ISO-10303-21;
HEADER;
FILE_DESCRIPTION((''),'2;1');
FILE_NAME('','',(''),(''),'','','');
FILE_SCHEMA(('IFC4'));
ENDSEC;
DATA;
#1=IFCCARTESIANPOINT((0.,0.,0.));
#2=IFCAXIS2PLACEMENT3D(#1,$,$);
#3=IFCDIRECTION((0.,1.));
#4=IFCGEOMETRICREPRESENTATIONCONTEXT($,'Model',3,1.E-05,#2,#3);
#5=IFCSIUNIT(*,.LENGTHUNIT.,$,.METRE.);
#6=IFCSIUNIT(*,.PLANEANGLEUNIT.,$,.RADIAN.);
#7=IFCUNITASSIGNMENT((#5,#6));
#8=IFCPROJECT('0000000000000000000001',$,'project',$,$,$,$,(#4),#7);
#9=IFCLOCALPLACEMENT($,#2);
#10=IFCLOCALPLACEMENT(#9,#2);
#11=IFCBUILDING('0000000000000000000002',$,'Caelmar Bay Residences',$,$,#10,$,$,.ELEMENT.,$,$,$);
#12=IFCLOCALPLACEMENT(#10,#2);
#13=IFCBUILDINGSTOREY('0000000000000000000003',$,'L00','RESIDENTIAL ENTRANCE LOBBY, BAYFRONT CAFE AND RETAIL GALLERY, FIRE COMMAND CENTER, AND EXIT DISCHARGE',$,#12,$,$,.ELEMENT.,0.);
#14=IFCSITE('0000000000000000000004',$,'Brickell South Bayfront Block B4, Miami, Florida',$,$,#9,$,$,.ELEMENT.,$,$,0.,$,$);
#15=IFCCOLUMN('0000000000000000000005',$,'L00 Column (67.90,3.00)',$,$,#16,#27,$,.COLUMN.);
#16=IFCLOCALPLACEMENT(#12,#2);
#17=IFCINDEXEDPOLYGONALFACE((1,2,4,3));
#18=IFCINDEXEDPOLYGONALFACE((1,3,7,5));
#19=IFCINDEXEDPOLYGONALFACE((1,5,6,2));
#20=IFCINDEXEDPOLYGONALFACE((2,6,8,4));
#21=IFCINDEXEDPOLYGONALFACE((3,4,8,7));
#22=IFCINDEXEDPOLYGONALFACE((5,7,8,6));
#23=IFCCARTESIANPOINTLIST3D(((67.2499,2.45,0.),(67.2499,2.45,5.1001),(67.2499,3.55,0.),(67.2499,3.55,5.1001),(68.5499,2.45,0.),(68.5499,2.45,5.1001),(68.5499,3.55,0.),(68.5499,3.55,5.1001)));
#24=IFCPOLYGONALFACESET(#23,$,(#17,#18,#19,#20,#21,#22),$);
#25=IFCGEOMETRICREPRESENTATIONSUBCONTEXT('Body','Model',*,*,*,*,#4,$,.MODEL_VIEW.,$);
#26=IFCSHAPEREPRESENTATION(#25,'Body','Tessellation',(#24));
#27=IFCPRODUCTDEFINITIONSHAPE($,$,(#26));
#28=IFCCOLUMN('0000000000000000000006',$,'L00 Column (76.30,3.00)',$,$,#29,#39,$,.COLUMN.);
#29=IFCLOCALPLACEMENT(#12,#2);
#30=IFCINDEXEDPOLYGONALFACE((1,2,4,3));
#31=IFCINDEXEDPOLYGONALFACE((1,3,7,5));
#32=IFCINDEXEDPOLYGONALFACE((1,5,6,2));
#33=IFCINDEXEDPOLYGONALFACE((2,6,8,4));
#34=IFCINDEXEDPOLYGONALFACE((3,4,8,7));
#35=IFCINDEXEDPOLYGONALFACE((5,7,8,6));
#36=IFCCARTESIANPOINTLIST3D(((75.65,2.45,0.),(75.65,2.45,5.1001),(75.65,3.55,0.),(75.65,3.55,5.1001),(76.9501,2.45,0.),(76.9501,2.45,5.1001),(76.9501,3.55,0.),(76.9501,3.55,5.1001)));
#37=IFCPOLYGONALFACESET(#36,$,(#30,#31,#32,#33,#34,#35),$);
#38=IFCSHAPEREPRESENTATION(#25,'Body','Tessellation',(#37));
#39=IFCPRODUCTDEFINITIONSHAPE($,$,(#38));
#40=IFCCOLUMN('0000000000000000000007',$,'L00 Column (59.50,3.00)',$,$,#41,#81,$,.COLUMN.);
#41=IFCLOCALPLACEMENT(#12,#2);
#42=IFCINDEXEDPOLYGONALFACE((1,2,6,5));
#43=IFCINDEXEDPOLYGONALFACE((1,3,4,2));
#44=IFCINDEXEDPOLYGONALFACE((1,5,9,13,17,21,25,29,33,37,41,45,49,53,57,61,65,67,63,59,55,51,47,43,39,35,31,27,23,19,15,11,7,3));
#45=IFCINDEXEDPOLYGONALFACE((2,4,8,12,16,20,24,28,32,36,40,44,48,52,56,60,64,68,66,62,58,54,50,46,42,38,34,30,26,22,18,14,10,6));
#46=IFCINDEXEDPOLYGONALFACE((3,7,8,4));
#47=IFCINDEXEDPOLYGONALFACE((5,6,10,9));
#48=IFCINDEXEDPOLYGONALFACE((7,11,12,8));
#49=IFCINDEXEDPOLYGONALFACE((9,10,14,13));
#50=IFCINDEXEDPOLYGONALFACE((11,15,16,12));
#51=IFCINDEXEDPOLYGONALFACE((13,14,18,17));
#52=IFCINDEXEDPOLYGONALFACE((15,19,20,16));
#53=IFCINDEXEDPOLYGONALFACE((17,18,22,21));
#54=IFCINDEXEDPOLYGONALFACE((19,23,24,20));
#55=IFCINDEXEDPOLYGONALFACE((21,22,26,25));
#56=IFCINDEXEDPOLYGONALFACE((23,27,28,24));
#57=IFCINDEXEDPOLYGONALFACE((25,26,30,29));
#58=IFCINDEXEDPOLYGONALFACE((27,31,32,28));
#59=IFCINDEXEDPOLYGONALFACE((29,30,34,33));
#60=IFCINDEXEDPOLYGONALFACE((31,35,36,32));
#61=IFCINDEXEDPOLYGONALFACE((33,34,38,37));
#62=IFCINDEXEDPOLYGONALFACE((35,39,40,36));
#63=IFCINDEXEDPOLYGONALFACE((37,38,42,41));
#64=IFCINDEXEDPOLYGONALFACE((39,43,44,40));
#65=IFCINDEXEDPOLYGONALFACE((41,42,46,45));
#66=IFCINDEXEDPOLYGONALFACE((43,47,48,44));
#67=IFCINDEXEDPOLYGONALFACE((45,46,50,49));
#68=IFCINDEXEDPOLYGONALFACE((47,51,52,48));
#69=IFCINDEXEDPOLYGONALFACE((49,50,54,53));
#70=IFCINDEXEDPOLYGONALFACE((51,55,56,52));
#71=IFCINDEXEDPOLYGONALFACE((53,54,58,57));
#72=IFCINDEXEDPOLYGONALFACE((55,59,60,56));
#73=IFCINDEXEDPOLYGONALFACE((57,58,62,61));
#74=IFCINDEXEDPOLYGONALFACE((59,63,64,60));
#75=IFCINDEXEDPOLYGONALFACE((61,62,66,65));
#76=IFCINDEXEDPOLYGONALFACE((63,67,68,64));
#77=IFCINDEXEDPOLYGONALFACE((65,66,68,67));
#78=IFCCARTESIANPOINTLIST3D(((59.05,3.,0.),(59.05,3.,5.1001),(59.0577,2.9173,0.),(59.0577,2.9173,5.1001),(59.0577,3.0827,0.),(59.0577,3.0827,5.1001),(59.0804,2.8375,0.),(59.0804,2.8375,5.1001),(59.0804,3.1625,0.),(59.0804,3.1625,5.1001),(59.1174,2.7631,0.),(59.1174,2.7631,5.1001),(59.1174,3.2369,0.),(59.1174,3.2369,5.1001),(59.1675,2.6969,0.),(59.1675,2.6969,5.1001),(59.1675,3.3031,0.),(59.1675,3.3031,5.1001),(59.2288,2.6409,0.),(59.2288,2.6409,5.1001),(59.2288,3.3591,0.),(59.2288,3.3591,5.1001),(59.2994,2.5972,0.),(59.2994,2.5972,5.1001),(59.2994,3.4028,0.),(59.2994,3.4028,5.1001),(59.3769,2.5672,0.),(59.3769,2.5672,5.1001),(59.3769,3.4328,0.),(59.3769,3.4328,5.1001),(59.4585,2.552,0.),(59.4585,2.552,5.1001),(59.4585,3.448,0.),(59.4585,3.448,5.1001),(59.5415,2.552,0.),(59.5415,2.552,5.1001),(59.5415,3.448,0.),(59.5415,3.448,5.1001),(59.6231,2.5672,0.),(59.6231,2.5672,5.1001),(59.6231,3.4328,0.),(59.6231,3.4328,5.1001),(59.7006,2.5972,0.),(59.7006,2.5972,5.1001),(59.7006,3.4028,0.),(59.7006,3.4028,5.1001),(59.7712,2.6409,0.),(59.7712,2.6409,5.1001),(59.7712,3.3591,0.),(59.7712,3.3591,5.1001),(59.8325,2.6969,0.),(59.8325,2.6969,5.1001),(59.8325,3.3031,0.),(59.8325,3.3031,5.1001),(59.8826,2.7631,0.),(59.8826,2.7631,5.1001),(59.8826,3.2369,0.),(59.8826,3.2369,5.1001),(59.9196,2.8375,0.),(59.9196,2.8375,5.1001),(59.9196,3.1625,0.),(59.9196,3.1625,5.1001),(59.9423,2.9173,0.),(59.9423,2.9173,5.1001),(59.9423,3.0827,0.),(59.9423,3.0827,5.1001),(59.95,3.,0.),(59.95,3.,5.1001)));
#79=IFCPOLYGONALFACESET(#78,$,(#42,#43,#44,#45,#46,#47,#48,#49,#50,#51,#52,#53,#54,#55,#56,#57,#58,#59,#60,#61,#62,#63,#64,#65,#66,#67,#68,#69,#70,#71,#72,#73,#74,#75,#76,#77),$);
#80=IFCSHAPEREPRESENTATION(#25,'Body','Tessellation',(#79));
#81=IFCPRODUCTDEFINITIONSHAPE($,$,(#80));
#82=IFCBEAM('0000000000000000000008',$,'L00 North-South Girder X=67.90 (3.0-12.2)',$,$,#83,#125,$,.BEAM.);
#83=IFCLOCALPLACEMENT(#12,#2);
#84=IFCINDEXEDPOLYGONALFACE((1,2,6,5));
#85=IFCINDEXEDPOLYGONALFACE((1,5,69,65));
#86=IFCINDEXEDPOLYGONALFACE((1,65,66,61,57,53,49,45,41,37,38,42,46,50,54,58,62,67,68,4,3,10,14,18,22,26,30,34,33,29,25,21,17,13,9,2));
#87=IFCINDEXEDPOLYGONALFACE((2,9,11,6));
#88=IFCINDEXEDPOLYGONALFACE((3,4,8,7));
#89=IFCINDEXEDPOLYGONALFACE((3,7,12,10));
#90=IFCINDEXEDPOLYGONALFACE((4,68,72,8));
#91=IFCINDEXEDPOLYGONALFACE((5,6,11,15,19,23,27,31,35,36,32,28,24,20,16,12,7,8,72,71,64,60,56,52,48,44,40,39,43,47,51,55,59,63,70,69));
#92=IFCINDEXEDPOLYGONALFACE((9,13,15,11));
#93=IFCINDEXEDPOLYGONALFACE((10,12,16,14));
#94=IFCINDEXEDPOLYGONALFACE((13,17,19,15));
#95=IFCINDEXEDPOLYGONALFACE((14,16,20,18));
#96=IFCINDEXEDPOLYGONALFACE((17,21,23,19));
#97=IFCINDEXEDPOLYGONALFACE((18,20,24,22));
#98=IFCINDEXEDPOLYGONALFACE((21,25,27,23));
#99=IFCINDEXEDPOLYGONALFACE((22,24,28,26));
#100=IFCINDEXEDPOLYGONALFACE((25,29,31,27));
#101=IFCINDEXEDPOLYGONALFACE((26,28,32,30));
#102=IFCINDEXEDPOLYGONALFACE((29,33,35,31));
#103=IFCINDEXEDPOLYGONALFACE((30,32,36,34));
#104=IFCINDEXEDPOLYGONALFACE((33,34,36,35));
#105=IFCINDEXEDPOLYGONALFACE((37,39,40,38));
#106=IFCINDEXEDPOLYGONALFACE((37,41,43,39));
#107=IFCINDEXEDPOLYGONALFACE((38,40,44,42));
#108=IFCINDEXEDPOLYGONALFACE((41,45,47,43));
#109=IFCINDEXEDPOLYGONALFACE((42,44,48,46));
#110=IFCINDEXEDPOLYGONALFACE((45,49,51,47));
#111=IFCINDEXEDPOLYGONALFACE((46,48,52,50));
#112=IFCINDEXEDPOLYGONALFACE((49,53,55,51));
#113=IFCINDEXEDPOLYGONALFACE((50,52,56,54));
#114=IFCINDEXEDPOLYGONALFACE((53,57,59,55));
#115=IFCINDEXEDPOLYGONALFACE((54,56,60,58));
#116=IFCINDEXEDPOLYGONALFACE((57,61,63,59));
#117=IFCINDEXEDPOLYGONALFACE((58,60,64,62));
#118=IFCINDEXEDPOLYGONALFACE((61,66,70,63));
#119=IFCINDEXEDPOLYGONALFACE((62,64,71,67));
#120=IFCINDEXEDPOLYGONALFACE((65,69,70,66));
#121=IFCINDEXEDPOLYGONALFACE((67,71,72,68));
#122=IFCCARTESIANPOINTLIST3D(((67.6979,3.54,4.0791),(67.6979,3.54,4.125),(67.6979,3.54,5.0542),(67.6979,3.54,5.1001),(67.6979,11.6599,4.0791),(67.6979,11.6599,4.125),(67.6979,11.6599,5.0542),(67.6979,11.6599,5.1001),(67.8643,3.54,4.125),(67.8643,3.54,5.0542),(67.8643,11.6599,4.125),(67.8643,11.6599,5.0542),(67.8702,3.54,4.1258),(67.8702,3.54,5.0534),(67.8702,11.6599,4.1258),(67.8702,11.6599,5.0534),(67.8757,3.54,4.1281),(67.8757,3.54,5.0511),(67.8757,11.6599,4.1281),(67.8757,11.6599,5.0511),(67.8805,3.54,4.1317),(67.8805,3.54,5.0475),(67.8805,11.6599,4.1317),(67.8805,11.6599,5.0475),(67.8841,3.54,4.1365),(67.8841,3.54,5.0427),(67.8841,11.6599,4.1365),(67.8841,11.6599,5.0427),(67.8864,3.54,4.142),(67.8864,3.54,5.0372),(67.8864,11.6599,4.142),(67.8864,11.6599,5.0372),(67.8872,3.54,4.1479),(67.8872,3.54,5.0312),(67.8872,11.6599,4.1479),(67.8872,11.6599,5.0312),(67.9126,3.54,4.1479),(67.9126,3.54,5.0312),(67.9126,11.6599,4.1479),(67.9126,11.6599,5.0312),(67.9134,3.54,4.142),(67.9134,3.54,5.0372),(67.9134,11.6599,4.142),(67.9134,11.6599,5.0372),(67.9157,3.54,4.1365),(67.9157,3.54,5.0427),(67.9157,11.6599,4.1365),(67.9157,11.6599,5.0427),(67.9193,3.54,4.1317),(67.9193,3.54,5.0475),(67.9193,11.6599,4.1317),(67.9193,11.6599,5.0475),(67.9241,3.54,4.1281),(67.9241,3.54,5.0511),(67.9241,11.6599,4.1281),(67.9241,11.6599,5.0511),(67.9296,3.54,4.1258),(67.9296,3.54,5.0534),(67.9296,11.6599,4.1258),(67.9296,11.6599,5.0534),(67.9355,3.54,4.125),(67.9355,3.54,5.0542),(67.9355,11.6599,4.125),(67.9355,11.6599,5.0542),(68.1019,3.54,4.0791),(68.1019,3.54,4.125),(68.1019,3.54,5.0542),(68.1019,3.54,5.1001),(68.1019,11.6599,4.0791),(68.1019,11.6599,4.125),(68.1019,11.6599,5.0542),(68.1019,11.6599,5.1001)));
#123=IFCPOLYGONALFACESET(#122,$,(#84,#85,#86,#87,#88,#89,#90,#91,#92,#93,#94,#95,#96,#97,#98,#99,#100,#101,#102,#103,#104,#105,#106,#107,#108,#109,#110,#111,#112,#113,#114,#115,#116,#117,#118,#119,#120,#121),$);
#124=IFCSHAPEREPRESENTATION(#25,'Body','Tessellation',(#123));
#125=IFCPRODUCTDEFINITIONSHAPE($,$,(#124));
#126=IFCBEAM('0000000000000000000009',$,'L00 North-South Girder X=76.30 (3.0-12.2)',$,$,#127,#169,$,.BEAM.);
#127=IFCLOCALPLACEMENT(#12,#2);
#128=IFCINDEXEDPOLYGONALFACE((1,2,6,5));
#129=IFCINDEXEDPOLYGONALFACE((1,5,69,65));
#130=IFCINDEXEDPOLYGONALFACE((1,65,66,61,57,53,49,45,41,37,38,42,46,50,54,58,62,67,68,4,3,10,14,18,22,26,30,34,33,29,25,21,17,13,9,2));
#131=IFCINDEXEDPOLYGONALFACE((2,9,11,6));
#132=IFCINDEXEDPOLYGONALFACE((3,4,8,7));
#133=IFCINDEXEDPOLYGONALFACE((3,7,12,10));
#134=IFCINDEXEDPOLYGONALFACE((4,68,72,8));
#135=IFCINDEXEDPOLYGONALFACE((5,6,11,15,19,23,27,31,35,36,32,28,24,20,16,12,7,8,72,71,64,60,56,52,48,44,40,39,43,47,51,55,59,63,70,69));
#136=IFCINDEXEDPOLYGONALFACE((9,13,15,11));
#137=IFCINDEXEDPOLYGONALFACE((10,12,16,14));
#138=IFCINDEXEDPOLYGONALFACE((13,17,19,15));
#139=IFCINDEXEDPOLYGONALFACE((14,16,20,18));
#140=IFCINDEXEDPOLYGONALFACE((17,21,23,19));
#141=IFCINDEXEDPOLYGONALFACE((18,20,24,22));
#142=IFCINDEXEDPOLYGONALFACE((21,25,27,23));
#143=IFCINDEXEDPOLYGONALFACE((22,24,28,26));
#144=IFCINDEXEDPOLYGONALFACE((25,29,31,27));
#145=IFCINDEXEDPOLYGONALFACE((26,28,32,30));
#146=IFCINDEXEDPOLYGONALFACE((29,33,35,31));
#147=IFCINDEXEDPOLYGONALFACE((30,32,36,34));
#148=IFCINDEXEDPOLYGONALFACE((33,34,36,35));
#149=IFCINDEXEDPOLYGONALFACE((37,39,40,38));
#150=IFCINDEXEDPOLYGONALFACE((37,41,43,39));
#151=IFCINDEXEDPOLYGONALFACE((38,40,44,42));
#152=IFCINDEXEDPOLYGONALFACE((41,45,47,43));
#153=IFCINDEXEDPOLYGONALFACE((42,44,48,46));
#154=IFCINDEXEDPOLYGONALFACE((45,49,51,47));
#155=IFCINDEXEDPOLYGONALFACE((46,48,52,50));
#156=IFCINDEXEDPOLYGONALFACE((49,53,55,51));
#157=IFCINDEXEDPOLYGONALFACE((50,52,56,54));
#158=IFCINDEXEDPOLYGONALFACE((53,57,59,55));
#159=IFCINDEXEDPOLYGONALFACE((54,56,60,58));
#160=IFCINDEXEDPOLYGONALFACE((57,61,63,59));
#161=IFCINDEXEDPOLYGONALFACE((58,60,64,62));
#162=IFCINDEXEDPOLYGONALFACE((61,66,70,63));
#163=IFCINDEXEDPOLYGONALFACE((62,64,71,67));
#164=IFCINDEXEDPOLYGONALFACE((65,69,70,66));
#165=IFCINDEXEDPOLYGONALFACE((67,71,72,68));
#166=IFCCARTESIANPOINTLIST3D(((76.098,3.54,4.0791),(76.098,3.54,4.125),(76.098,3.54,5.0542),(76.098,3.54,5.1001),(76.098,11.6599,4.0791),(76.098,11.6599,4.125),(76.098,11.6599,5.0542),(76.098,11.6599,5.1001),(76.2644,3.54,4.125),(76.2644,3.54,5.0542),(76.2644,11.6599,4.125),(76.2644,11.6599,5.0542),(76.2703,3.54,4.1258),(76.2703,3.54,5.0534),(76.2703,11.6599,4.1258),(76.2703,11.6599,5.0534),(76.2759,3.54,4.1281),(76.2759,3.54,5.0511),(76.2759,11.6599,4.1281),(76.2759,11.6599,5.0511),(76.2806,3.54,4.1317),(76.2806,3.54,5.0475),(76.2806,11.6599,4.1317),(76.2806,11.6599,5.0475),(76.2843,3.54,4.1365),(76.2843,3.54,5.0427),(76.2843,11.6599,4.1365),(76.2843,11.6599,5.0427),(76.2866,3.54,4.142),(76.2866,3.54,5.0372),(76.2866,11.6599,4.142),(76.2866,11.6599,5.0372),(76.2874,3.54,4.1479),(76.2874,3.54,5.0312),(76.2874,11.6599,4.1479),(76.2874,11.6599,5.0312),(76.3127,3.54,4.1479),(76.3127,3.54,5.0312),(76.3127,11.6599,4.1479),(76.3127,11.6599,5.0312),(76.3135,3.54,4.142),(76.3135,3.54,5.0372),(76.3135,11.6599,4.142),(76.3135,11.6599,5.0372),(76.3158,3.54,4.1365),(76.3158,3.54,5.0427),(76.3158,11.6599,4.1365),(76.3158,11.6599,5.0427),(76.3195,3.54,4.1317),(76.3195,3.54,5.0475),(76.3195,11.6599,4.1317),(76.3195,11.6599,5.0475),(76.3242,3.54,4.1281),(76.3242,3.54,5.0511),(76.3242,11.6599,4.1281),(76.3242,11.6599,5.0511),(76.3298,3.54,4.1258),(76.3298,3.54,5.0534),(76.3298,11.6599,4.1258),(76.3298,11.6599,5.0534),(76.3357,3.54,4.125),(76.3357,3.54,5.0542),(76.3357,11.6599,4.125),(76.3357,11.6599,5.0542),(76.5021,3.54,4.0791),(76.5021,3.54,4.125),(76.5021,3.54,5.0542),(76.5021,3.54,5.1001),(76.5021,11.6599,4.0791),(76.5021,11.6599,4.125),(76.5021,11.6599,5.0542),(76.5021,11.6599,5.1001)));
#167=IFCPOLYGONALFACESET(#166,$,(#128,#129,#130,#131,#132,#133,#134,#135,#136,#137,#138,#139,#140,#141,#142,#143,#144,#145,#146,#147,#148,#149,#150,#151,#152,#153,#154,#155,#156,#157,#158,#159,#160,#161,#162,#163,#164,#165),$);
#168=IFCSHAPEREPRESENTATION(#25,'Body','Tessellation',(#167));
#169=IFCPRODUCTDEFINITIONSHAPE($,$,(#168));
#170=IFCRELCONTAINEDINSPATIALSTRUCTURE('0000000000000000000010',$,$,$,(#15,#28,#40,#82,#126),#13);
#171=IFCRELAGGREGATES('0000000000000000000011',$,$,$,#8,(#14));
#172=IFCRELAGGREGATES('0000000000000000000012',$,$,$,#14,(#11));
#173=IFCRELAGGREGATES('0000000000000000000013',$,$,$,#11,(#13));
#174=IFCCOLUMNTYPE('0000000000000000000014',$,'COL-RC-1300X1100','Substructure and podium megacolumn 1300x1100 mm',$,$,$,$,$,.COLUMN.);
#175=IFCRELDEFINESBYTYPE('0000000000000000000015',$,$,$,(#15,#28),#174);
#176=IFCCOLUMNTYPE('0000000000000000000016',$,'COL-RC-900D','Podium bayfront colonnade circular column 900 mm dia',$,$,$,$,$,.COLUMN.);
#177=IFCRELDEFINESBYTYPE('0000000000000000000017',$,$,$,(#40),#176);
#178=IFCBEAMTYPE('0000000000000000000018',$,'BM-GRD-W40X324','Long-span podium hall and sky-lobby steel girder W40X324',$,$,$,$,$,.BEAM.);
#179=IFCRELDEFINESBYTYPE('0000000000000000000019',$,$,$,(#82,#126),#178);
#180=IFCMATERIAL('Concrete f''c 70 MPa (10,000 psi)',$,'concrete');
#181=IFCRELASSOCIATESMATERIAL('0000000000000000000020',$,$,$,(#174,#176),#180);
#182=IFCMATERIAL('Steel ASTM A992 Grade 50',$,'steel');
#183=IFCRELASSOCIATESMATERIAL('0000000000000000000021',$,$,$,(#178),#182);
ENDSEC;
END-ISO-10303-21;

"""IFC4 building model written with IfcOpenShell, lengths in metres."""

from ifc_helpers import new_model, si_unit, direction, frame, origin, origin_2d, place, context, subcontext, project, spatial, rectangle, circle, i_section, extrude, material, material_profile, profile_set, type_object, element, save


model = new_model("IFC4")

# Units and contexts
model_context = context("Model", 3, precision=1e-05, world=origin(), true_north=direction((0.0, 1.0)))
body_context = subcontext(model_context, "Body", "Model", "MODEL_VIEW")
ifc_project = project(units=[si_unit("LENGTHUNIT", "METRE"), si_unit("PLANEANGLEUNIT", "RADIAN")], contexts=[model_context])

# Site, building, storey
site_placement = place(None, origin())
site = spatial("IfcSite", under=ifc_project, at=site_placement, Name="Brickell South Bayfront Block B4, Miami, Florida", CompositionType="ELEMENT", RefElevation=0.0)
building_placement = place(site_placement, origin())
building = spatial("IfcBuilding", under=site, at=building_placement, Name="Caelmar Bay Residences", CompositionType="ELEMENT")
storey_placement = place(building_placement, origin())
storey = spatial("IfcBuildingStorey", under=building, at=storey_placement, Name="L00", Description="RESIDENTIAL ENTRANCE LOBBY, BAYFRONT CAFE AND RETAIL GALLERY, FIRE COMMAND CENTER, AND EXIT DISCHARGE", CompositionType="ELEMENT", Elevation=0.0)

# Columns
ifc_material_1 = material(Name="Concrete f'c 70 MPa (10,000 psi)", Category="concrete")
ifc_material_profile_1 = material_profile(ifc_material_1, rectangle(XDim=1.3, YDim=1.1001, at=origin_2d()), Name="RC-COL-1300X1100")
ifc_profile_set_1 = profile_set([ifc_material_profile_1], Name="Concrete f'c 70 MPa (10,000 psi)")
column_type_1 = type_object("IfcColumnType", Name="COL-RC-1300X1100", Description="Substructure and podium megacolumn 1300x1100 mm", PredefinedType="COLUMN", material=ifc_profile_set_1)
for number, where, z_axis, x_axis, name in (
    (1, (67.8999, 3.0, 0.0), (0.0, 0.0, 1.0), (1.0, 0.0, 0.0), "L00 Column (67.90,3.00)"),
    (2, (76.3, 3.0, 0.0), (0.0, 0.0, 1.0), (1.0, 0.0, 0.0), "L00 Column (76.30,3.00)"),
):
    element("IfcColumn", number, at=place(storey_placement, frame(where, z_axis=z_axis, x_axis=x_axis)), inside=storey, type_object=column_type_1, Name=name, PredefinedType="COLUMN", context=body_context, shape_type="SweptSolid", body=[
        extrude(rectangle(XDim=1.3, YDim=1.1001, at=origin_2d()), origin(), (0.0, 0.0, 1.0), 5.1001),
    ])
ifc_material_profile_2 = material_profile(ifc_material_1, circle(Radius=0.45, at=origin_2d()), Name="RC-COL-900D")
ifc_profile_set_2 = profile_set([ifc_material_profile_2], Name="Concrete f'c 70 MPa (10,000 psi)")
column_type_2 = type_object("IfcColumnType", Name="COL-RC-900D", Description="Podium bayfront colonnade circular column 900 mm dia", PredefinedType="COLUMN", material=ifc_profile_set_2)
column_placement = place(storey_placement, frame((59.5, 3.0, 0.0), z_axis=(0.0, 0.0, 1.0), x_axis=(1.0, 0.0, 0.0)))
element("IfcColumn", 3, at=column_placement, inside=storey, type_object=column_type_2, Name="L00 Column (59.50,3.00)", PredefinedType="COLUMN", context=body_context, shape_type="SweptSolid", body=[
    extrude(circle(Radius=0.45, at=origin_2d()), origin(), (0.0, 0.0, 1.0), 5.1001),
])

# Beams
ifc_material_2 = material(Name="Steel ASTM A992 Grade 50", Category="steel")
ifc_material_profile_3 = material_profile(ifc_material_2, i_section(OverallWidth=0.4041, OverallDepth=1.021, WebThickness=0.0254, FlangeThickness=0.0459, FilletRadius=0.0229, at=origin_2d()), Name="W40X324")
ifc_profile_set_3 = profile_set([ifc_material_profile_3], Name="Steel ASTM A992 Grade 50")
beam_type_1 = type_object("IfcBeamType", Name="BM-GRD-W40X324", Description="Long-span podium hall and sky-lobby steel girder W40X324", PredefinedType="BEAM", material=ifc_profile_set_3)
for number, where, z_axis, x_axis, name in (
    (4, (67.8999, 3.54, 4.5896), (0.0, 1.0, 0.0), (-1.0, 0.0, 0.0), "L00 North-South Girder X=67.90 (3.0-12.2)"),
    (5, (76.3, 3.54, 4.5896), (0.0, 1.0, 0.0), (-1.0, 0.0, 0.0), "L00 North-South Girder X=76.30 (3.0-12.2)"),
):
    element("IfcBeam", number, at=place(storey_placement, frame(where, z_axis=z_axis, x_axis=x_axis)), inside=storey, type_object=beam_type_1, Name=name, PredefinedType="BEAM", context=body_context, shape_type="SweptSolid", body=[
        extrude(i_section(OverallWidth=0.4041, OverallDepth=1.021, WebThickness=0.0254, FlangeThickness=0.0459, FilletRadius=0.0229, at=origin_2d()), origin(), (0.0, 0.0, 1.0), 8.1199),
    ])

save(model, "model.ifc")
